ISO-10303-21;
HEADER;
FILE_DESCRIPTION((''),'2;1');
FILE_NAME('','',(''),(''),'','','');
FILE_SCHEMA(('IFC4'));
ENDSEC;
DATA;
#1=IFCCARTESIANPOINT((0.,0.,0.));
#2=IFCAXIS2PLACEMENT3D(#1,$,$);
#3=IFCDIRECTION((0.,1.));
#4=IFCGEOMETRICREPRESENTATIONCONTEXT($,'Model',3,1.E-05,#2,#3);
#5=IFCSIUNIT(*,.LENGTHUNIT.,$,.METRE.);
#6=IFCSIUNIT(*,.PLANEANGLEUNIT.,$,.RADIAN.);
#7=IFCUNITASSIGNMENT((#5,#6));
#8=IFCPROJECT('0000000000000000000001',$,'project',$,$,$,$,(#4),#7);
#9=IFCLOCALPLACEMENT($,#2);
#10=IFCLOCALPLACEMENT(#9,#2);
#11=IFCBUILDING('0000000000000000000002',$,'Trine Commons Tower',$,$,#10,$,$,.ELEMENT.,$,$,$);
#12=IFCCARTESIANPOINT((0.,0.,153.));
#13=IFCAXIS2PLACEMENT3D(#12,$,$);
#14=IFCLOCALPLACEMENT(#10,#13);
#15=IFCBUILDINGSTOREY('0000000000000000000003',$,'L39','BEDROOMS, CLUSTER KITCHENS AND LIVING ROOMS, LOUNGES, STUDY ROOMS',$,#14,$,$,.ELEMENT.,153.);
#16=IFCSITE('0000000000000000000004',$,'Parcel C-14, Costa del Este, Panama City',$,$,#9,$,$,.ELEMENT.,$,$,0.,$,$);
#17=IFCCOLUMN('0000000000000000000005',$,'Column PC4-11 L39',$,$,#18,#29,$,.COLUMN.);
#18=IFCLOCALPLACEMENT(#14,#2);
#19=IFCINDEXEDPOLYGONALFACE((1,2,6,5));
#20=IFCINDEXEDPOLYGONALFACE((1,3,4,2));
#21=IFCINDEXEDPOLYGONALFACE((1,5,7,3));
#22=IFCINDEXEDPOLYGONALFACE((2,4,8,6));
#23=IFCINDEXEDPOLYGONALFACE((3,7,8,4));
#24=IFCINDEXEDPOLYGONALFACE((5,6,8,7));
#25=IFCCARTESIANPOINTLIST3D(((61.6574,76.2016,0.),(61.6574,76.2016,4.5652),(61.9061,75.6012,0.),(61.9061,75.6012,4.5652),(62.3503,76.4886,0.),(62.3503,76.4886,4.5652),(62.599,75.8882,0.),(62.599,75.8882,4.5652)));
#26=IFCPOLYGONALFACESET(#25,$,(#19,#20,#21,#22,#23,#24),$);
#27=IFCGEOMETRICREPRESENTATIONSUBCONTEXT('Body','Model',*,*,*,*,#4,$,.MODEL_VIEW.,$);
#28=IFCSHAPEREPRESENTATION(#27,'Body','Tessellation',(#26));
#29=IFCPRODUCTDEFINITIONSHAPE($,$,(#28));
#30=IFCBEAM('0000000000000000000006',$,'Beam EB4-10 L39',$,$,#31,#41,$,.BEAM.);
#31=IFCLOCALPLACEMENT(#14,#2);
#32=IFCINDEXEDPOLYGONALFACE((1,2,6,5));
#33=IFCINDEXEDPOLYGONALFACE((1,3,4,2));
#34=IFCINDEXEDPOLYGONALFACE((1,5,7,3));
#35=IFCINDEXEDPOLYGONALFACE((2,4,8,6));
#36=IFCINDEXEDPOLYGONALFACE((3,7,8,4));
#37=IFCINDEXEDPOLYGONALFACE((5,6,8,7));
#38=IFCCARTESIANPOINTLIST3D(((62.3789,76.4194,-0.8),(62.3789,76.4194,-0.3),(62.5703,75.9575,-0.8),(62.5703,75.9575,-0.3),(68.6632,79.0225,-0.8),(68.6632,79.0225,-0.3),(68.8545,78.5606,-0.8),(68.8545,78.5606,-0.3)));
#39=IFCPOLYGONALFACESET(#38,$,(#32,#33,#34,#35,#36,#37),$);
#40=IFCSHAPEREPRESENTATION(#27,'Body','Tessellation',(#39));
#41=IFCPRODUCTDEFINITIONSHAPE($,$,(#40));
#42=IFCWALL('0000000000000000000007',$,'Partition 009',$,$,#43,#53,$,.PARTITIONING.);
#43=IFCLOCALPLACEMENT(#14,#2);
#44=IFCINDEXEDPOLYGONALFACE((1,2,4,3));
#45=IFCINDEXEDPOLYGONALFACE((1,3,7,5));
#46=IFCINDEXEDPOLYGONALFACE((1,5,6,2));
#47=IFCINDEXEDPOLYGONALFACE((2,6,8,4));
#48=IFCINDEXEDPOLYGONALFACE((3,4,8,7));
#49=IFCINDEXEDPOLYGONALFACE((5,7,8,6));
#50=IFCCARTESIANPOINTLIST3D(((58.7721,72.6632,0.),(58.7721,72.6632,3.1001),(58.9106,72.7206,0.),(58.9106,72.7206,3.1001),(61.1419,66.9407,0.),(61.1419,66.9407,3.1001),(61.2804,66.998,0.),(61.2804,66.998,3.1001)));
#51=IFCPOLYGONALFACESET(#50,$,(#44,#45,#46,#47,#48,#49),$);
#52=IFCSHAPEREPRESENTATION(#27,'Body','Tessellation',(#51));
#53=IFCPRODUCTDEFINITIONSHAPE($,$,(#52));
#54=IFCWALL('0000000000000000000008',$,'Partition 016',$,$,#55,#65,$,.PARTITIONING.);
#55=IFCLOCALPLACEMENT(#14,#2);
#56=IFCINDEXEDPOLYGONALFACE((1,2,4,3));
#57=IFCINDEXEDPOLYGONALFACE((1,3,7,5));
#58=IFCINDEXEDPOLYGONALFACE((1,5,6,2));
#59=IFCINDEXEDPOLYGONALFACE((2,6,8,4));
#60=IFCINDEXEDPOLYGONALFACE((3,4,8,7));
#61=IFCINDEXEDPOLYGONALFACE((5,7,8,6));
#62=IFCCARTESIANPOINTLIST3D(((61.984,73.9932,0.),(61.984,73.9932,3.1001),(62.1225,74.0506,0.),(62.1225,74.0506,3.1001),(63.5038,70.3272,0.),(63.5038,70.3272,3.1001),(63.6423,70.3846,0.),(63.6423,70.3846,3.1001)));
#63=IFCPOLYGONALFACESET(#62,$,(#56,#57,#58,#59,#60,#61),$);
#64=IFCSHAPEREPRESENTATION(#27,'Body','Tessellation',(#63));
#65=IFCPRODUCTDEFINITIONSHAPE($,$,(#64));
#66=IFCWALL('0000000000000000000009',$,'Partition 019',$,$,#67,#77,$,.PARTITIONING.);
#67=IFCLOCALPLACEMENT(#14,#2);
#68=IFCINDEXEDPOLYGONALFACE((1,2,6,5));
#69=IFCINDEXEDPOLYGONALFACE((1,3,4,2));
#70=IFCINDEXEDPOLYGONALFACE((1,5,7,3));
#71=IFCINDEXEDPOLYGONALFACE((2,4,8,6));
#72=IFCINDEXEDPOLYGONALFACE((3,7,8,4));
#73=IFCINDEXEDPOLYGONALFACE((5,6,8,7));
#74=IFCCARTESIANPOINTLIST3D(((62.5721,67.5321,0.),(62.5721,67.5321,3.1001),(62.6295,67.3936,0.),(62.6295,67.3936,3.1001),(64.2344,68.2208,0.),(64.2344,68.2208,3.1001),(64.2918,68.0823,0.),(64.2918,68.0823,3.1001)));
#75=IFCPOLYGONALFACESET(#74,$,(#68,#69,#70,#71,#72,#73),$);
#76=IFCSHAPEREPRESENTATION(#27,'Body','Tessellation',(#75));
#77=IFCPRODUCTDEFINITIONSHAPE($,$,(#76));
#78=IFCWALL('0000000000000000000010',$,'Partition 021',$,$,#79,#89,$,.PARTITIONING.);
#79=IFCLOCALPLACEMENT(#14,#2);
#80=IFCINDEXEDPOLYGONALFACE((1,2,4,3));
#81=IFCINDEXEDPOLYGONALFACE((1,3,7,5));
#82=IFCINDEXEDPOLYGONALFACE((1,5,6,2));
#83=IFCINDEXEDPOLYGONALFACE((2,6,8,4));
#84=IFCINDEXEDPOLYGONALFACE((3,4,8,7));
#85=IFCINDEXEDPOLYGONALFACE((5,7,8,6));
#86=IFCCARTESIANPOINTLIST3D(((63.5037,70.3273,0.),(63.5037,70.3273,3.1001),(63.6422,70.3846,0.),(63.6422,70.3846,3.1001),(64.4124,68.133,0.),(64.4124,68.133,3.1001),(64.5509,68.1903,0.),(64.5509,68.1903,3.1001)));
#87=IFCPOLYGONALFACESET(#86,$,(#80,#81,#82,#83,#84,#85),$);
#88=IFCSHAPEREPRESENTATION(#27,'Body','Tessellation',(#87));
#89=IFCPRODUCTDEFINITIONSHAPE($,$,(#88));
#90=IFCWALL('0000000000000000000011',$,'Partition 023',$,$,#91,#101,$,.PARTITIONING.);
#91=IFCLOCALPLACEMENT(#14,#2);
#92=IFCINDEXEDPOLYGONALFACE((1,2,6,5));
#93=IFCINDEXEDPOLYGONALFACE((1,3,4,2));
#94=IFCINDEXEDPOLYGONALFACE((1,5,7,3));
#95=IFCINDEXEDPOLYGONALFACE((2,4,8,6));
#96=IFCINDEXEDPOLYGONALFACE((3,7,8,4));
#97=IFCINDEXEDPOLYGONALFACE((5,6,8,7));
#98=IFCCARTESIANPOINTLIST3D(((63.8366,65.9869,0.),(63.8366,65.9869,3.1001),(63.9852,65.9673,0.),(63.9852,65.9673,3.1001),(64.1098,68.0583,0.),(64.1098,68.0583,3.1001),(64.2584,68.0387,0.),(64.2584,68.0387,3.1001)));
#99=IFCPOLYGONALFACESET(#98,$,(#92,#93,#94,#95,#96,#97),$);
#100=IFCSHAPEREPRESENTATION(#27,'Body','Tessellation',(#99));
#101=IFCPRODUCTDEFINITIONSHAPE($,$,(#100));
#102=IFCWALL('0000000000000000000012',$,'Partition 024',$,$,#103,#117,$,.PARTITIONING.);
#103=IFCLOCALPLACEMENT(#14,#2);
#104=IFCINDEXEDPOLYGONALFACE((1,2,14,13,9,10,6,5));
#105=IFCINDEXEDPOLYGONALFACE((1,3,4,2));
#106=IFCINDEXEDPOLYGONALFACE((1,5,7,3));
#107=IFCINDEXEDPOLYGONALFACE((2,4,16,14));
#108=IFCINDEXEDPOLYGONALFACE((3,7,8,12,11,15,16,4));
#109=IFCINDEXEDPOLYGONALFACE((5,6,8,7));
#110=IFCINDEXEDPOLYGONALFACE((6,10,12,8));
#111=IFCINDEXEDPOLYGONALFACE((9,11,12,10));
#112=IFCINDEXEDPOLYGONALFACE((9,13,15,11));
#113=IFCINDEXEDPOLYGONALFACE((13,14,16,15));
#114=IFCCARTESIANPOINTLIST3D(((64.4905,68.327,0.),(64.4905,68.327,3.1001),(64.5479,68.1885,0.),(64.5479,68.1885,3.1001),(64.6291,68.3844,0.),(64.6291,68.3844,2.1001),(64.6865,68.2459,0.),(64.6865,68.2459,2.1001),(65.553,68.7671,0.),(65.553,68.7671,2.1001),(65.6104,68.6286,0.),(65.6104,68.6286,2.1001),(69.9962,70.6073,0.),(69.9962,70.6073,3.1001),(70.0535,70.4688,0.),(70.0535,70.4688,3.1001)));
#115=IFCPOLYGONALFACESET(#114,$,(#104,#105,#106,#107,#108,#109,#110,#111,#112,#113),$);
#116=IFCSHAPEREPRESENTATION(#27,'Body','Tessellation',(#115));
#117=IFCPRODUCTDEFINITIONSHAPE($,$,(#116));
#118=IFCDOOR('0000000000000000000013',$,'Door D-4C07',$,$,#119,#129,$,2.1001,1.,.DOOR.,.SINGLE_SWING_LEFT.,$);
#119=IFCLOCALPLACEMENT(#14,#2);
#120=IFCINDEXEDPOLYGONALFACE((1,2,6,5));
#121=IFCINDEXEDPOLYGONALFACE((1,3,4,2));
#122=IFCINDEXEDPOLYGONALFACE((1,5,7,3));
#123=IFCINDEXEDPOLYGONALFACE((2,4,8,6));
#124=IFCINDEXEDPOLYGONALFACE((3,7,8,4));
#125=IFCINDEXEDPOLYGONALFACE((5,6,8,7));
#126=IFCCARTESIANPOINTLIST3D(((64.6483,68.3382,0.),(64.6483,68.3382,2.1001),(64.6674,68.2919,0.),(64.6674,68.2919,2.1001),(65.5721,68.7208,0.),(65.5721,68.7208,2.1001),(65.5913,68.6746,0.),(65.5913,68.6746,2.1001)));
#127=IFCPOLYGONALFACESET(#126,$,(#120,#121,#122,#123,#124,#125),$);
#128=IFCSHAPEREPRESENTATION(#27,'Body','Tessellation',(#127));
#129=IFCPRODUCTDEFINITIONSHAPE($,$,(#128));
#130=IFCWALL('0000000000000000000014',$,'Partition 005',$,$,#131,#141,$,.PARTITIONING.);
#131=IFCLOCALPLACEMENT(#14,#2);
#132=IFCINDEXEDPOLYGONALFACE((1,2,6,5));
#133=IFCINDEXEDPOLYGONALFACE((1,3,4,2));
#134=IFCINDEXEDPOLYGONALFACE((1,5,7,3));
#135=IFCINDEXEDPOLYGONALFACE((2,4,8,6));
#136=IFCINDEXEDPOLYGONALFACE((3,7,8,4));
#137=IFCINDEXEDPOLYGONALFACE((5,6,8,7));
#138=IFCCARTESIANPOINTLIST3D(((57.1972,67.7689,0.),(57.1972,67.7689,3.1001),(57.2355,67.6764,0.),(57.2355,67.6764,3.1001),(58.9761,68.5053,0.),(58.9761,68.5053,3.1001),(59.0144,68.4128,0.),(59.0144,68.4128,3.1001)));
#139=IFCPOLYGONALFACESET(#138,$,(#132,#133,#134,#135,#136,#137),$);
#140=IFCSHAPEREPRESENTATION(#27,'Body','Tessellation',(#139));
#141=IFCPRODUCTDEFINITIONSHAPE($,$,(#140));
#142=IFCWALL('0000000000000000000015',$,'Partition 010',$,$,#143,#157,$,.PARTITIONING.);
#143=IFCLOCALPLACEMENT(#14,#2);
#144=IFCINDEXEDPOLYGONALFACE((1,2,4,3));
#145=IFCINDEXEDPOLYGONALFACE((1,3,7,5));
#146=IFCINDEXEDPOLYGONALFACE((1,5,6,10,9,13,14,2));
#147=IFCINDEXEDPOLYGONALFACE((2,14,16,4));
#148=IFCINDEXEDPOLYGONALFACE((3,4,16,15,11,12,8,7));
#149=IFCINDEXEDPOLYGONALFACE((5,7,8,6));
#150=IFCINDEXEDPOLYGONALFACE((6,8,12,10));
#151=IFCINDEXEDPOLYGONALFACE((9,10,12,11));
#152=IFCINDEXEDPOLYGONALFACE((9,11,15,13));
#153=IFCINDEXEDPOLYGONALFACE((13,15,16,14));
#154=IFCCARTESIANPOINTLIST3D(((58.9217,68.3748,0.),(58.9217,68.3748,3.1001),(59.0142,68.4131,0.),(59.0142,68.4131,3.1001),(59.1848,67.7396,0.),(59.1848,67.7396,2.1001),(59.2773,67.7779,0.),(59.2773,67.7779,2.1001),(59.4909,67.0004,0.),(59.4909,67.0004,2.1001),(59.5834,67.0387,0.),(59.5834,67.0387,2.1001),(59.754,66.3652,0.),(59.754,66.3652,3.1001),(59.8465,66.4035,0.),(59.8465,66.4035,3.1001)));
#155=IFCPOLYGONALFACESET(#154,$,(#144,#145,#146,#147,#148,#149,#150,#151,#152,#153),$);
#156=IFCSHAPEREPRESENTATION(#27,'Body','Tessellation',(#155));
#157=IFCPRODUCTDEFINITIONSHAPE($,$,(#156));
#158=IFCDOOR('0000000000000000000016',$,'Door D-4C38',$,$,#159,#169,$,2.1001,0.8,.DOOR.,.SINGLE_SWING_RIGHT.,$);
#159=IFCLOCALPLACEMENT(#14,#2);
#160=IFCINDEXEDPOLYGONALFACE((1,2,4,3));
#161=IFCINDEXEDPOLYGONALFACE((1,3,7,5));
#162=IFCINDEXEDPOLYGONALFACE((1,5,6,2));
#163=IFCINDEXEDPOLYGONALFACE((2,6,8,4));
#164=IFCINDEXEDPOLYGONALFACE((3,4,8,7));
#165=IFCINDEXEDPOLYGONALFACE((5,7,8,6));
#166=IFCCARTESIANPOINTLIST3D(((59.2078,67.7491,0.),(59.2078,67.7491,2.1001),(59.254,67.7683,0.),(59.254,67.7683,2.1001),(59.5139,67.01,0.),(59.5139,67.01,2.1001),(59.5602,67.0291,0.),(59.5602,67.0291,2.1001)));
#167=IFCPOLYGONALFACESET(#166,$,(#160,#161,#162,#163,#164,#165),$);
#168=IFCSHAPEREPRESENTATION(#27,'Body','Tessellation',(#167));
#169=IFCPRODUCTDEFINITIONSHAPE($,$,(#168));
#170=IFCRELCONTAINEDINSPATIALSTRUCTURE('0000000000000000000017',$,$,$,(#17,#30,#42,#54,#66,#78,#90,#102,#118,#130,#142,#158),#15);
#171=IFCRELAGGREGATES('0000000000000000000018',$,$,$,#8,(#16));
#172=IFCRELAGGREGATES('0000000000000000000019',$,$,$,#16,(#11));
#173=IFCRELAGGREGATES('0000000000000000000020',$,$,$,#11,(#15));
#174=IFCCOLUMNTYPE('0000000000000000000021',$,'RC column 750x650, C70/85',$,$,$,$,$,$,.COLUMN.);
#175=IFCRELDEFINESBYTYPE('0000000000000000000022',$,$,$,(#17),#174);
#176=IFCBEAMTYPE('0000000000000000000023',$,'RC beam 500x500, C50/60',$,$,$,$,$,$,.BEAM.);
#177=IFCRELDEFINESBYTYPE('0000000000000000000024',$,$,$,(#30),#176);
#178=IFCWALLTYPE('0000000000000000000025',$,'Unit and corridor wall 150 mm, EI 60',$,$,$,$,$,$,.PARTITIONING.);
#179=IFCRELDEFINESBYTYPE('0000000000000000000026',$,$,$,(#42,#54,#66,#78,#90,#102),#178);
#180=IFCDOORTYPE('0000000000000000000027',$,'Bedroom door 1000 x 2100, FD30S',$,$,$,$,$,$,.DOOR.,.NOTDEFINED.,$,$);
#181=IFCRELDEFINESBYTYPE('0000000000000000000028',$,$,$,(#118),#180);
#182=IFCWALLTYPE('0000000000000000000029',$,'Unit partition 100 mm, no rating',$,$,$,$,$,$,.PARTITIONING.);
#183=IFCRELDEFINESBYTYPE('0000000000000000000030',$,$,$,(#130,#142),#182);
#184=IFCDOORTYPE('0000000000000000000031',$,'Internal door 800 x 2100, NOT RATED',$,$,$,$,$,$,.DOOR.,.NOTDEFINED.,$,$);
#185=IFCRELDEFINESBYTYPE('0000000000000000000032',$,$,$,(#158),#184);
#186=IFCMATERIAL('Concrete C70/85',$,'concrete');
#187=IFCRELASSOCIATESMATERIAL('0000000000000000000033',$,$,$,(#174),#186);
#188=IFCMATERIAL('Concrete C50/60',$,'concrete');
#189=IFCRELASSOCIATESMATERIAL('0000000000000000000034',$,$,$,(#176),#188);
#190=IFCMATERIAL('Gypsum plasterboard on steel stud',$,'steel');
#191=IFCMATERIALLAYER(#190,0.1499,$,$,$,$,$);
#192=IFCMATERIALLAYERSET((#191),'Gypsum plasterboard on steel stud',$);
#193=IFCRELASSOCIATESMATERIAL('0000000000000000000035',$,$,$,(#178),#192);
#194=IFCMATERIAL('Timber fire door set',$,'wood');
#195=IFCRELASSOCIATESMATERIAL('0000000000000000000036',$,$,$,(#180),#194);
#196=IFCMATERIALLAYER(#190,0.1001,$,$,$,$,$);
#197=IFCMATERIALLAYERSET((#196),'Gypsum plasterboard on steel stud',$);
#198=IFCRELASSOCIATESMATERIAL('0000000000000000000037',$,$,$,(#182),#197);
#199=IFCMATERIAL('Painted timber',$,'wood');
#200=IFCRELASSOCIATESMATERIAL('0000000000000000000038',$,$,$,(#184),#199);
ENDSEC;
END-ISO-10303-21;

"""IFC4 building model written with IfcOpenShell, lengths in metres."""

from ifc_helpers import new_model, si_unit, direction, frame, frame_2d, origin, origin_2d, place, context, subcontext, project, spatial, rectangle, extrude, material, layer, layer_set, material_profile, profile_set, type_object, element, fill, save


model = new_model("IFC4")

# Units and contexts
model_context = context("Model", 3, precision=1e-05, world=origin(), true_north=direction((0.0, 1.0)))
body_context = subcontext(model_context, "Body", "Model", "MODEL_VIEW")
ifc_project = project(units=[si_unit("LENGTHUNIT", "METRE"), si_unit("PLANEANGLEUNIT", "RADIAN")], contexts=[model_context])

# Site, building, storey
site_placement = place(None, origin())
site = spatial("IfcSite", under=ifc_project, at=site_placement, Name="Parcel C-14, Costa del Este, Panama City", CompositionType="ELEMENT", RefElevation=0.0)
building_placement = place(site_placement, origin())
building = spatial("IfcBuilding", under=site, at=building_placement, Name="Trine Commons Tower", CompositionType="ELEMENT")
storey_placement = place(building_placement, frame((0.0, 0.0, 153.0)))
storey = spatial("IfcBuildingStorey", under=building, at=storey_placement, Name="L39", Description="BEDROOMS, CLUSTER KITCHENS AND LIVING ROOMS, LOUNGES, STUDY ROOMS", CompositionType="ELEMENT", Elevation=153.0)

# Column
ifc_material_1 = material(Name="Concrete C70/85", Category="concrete")
ifc_material_profile_1 = material_profile(ifc_material_1, rectangle(XDim=0.75, YDim=0.6499, at=origin_2d()), Name="RC 750x650")
ifc_profile_set_1 = profile_set([ifc_material_profile_1], Name="Concrete C70/85")
column_type = type_object("IfcColumnType", Name="RC column 750x650, C70/85", PredefinedType="COLUMN", material=ifc_profile_set_1)
column_placement = place(storey_placement, frame((62.1282, 76.0449, 0.0), z_axis=(0.0, 0.0, 1.0), x_axis=(0.92388, 0.382683, 0.0)))
element("IfcColumn", 1, at=column_placement, inside=storey, type_object=column_type, Name="Column PC4-11 L39", PredefinedType="COLUMN", context=body_context, shape_type="SweptSolid", body=[
    extrude(rectangle(XDim=0.75, YDim=0.6499, at=origin_2d()), origin(), (0.0, 0.0, 1.0), 4.5652),
])

# Beam
ifc_material_2 = material(Name="Concrete C50/60", Category="concrete")
ifc_material_profile_2 = material_profile(ifc_material_2, rectangle(XDim=0.5, YDim=0.5, at=origin_2d()), Name="RC 500x500")
ifc_profile_set_2 = profile_set([ifc_material_profile_2], Name="Concrete C50/60")
beam_type = type_object("IfcBeamType", Name="RC beam 500x500, C50/60", PredefinedType="BEAM", material=ifc_profile_set_2)
beam_placement = place(storey_placement, frame((62.4746, 76.1885, -0.55), z_axis=(0.923878, 0.382688, 0.0), x_axis=(-0.382688, 0.923878, 0.0)))
element("IfcBeam", 2, at=beam_placement, inside=storey, type_object=beam_type, Name="Beam EB4-10 L39", PredefinedType="BEAM", context=body_context, shape_type="SweptSolid", body=[
    extrude(rectangle(XDim=0.5, YDim=0.5, at=origin_2d()), origin(), (0.0, 0.0, 1.0), 6.802),
])

# Walls
ifc_material_3 = material(Name="Gypsum plasterboard on steel stud", Category="steel")
ifc_layer_1 = layer(ifc_material_3, 0.1499)
ifc_layer_set_1 = layer_set([ifc_layer_1], Name="Gypsum plasterboard on steel stud")
wall_type_1 = type_object("IfcWallType", Name="Unit and corridor wall 150 mm, EI 60", PredefinedType="PARTITIONING", material=ifc_layer_set_1)
wall_1_placement = place(storey_placement, frame((58.8413, 72.6919, 0.0), z_axis=(0.0, 0.0, 1.0), x_axis=(0.382611, -0.92391, 0.0)))
element("IfcWall", 3, at=wall_1_placement, inside=storey, type_object=wall_type_1, Name="Partition 009", PredefinedType="PARTITIONING", context=body_context, shape_type="SweptSolid", body=[
    extrude(rectangle(XDim=6.1938, YDim=0.1499, at=frame_2d((3.0969, 0.0))), origin(), (0.0, 0.0, 1.0), 3.1001),
])
wall_2_placement = place(storey_placement, frame((62.0532, 74.022, 0.0), z_axis=(0.0, 0.0, 1.0), x_axis=(0.382955, -0.923767, 0.0)))
element("IfcWall", 4, at=wall_2_placement, inside=storey, type_object=wall_type_1, Name="Partition 016", PredefinedType="PARTITIONING", context=body_context, shape_type="SweptSolid", body=[
    extrude(rectangle(XDim=3.9685, YDim=0.1499, at=frame_2d((1.9844, 0.0))), origin(), (0.0, 0.0, 1.0), 3.1001),
])
wall_3_placement = place(storey_placement, frame((62.6008, 67.4629, 0.0), z_axis=(0.0, 0.0, 1.0), x_axis=(0.92385, 0.382755, 0.0)))
element("IfcWall", 5, at=wall_3_placement, inside=storey, type_object=wall_type_1, Name="Partition 019", PredefinedType="PARTITIONING", context=body_context, shape_type="SweptSolid", body=[
    extrude(rectangle(XDim=1.7993, YDim=0.1499, at=frame_2d((0.8997, 0.0))), origin(), (0.0, 0.0, 1.0), 3.1001),
])
wall_4_placement = place(storey_placement, frame((63.573, 70.356, 0.0), z_axis=(0.0, 0.0, 1.0), x_axis=(0.3826, -0.923914, 0.0)))
element("IfcWall", 6, at=wall_4_placement, inside=storey, type_object=wall_type_1, Name="Partition 021", PredefinedType="PARTITIONING", context=body_context, shape_type="SweptSolid", body=[
    extrude(rectangle(XDim=2.375, YDim=0.1499, at=frame_2d((1.1875, 0.0))), origin(), (0.0, 0.0, 1.0), 3.1001),
])
wall_5_placement = place(storey_placement, frame((63.9109, 65.9771, 0.0), z_axis=(0.0, 0.0, 1.0), x_axis=(0.130748, 0.991416, 0.0)))
element("IfcWall", 7, at=wall_5_placement, inside=storey, type_object=wall_type_1, Name="Partition 023", PredefinedType="PARTITIONING", context=body_context, shape_type="SweptSolid", body=[
    extrude(rectangle(XDim=2.0894, YDim=0.1499, at=frame_2d((1.0447, 0.0))), origin(), (0.0, 0.0, 1.0), 3.1001),
])

# Wall, opening, door
wall_6_placement = place(storey_placement, frame((64.5193, 68.2578, 0.0), z_axis=(0.0, 0.0, 1.0), x_axis=(0.923893, 0.382651, 0.0)))
wall_6 = element("IfcWall", 8, at=wall_6_placement, inside=storey, type_object=wall_type_1, Name="Partition 024", PredefinedType="PARTITIONING", context=body_context, shape_type="SweptSolid", body=[
    extrude(rectangle(XDim=5.9592, YDim=0.1499, at=frame_2d((2.9795, 0.0))), origin(), (0.0, 0.0, 1.0), 3.1001),
])
opening_1_placement = place(wall_6_placement, frame((0.1499, 0.0, 0.0)))
opening_1 = element("IfcOpeningElement", 9, at=opening_1_placement, cuts=wall_6, PredefinedType="OPENING", context=body_context, shape_type="SweptSolid", body=[
    extrude(rectangle(XDim=1.0, YDim=2.1001, at=frame_2d((0.5, 1.05))), frame((0.0, 0.085, 0.0), z_axis=(0.0, -1.0, 0.0), x_axis=(1.0, 0.0, 0.0)), (0.0, 0.0, 1.0), 0.1699),
])
ifc_material_4 = material(Name="Timber fire door set", Category="wood")
door_type_1 = type_object("IfcDoorType", Name="Bedroom door 1000 x 2100, FD30S", OperationType="NOTDEFINED", PredefinedType="DOOR", material=ifc_material_4)
door_1_placement = place(opening_1_placement, origin())
door_1 = element("IfcDoor", 10, at=door_1_placement, inside=storey, type_object=door_type_1, Name="Door D-4C07", OperationType="SINGLE_SWING_LEFT", OverallHeight=2.1001, OverallWidth=1.0, PredefinedType="DOOR", context=body_context, shape_type="SweptSolid", body=[
    extrude(rectangle(XDim=1.0, YDim=2.1001, at=frame_2d((0.5, 1.05))), frame((0.0, 0.0249, 0.0), z_axis=(0.0, -1.0, 0.0), x_axis=(1.0, 0.0, 0.0)), (0.0, 0.0, 1.0), 0.05),
])
fill(opening_1, door_1)

# Wall
ifc_layer_2 = layer(ifc_material_3, 0.1001)
ifc_layer_set_2 = layer_set([ifc_layer_2], Name="Gypsum plasterboard on steel stud")
wall_type_2 = type_object("IfcWallType", Name="Unit partition 100 mm, no rating", PredefinedType="PARTITIONING", material=ifc_layer_set_2)
wall_7_placement = place(storey_placement, frame((57.2163, 67.7227, 0.0), z_axis=(0.0, 0.0, 1.0), x_axis=(0.923967, 0.382471, 0.0)))
element("IfcWall", 11, at=wall_7_placement, inside=storey, type_object=wall_type_2, Name="Partition 005", PredefinedType="PARTITIONING", context=body_context, shape_type="SweptSolid", body=[
    extrude(rectangle(XDim=1.9253, YDim=0.1001, at=frame_2d((0.9626, 0.0))), origin(), (0.0, 0.0, 1.0), 3.1001),
])

# Wall, opening, door
wall_8_placement = place(storey_placement, frame((58.968, 68.3938, 0.0), z_axis=(0.0, 0.0, 1.0), x_axis=(0.382646, -0.923895, 0.0)))
wall_8 = element("IfcWall", 12, at=wall_8_placement, inside=storey, type_object=wall_type_2, Name="Partition 010", PredefinedType="PARTITIONING", context=body_context, shape_type="SweptSolid", body=[
    extrude(rectangle(XDim=2.175, YDim=0.1001, at=frame_2d((1.0874, 0.0))), origin(), (0.0, 0.0, 1.0), 3.1001),
])
opening_2_placement = place(wall_8_placement, frame((0.6875, 0.0, 0.0)))
opening_2 = element("IfcOpeningElement", 13, at=opening_2_placement, cuts=wall_8, PredefinedType="OPENING", context=body_context, shape_type="SweptSolid", body=[
    extrude(rectangle(XDim=0.8, YDim=2.1001, at=frame_2d((0.3999, 1.05))), frame((0.0, 0.0601, 0.0), z_axis=(0.0, -1.0, 0.0), x_axis=(1.0, 0.0, 0.0)), (0.0, 0.0, 1.0), 0.1201),
])
ifc_material_5 = material(Name="Painted timber", Category="wood")
door_type_2 = type_object("IfcDoorType", Name="Internal door 800 x 2100, NOT RATED", OperationType="NOTDEFINED", PredefinedType="DOOR", material=ifc_material_5)
door_2_placement = place(opening_2_placement, origin())
door_2 = element("IfcDoor", 14, at=door_2_placement, inside=storey, type_object=door_type_2, Name="Door D-4C38", OperationType="SINGLE_SWING_RIGHT", OverallHeight=2.1001, OverallWidth=0.8, PredefinedType="DOOR", context=body_context, shape_type="SweptSolid", body=[
    extrude(rectangle(XDim=0.8, YDim=2.1001, at=frame_2d((0.3999, 1.05))), frame((0.0, 0.0249, 0.0), z_axis=(0.0, -1.0, 0.0), x_axis=(1.0, 0.0, 0.0)), (0.0, 0.0, 1.0), 0.05),
])
fill(opening_2, door_2)

save(model, "model.ifc")
